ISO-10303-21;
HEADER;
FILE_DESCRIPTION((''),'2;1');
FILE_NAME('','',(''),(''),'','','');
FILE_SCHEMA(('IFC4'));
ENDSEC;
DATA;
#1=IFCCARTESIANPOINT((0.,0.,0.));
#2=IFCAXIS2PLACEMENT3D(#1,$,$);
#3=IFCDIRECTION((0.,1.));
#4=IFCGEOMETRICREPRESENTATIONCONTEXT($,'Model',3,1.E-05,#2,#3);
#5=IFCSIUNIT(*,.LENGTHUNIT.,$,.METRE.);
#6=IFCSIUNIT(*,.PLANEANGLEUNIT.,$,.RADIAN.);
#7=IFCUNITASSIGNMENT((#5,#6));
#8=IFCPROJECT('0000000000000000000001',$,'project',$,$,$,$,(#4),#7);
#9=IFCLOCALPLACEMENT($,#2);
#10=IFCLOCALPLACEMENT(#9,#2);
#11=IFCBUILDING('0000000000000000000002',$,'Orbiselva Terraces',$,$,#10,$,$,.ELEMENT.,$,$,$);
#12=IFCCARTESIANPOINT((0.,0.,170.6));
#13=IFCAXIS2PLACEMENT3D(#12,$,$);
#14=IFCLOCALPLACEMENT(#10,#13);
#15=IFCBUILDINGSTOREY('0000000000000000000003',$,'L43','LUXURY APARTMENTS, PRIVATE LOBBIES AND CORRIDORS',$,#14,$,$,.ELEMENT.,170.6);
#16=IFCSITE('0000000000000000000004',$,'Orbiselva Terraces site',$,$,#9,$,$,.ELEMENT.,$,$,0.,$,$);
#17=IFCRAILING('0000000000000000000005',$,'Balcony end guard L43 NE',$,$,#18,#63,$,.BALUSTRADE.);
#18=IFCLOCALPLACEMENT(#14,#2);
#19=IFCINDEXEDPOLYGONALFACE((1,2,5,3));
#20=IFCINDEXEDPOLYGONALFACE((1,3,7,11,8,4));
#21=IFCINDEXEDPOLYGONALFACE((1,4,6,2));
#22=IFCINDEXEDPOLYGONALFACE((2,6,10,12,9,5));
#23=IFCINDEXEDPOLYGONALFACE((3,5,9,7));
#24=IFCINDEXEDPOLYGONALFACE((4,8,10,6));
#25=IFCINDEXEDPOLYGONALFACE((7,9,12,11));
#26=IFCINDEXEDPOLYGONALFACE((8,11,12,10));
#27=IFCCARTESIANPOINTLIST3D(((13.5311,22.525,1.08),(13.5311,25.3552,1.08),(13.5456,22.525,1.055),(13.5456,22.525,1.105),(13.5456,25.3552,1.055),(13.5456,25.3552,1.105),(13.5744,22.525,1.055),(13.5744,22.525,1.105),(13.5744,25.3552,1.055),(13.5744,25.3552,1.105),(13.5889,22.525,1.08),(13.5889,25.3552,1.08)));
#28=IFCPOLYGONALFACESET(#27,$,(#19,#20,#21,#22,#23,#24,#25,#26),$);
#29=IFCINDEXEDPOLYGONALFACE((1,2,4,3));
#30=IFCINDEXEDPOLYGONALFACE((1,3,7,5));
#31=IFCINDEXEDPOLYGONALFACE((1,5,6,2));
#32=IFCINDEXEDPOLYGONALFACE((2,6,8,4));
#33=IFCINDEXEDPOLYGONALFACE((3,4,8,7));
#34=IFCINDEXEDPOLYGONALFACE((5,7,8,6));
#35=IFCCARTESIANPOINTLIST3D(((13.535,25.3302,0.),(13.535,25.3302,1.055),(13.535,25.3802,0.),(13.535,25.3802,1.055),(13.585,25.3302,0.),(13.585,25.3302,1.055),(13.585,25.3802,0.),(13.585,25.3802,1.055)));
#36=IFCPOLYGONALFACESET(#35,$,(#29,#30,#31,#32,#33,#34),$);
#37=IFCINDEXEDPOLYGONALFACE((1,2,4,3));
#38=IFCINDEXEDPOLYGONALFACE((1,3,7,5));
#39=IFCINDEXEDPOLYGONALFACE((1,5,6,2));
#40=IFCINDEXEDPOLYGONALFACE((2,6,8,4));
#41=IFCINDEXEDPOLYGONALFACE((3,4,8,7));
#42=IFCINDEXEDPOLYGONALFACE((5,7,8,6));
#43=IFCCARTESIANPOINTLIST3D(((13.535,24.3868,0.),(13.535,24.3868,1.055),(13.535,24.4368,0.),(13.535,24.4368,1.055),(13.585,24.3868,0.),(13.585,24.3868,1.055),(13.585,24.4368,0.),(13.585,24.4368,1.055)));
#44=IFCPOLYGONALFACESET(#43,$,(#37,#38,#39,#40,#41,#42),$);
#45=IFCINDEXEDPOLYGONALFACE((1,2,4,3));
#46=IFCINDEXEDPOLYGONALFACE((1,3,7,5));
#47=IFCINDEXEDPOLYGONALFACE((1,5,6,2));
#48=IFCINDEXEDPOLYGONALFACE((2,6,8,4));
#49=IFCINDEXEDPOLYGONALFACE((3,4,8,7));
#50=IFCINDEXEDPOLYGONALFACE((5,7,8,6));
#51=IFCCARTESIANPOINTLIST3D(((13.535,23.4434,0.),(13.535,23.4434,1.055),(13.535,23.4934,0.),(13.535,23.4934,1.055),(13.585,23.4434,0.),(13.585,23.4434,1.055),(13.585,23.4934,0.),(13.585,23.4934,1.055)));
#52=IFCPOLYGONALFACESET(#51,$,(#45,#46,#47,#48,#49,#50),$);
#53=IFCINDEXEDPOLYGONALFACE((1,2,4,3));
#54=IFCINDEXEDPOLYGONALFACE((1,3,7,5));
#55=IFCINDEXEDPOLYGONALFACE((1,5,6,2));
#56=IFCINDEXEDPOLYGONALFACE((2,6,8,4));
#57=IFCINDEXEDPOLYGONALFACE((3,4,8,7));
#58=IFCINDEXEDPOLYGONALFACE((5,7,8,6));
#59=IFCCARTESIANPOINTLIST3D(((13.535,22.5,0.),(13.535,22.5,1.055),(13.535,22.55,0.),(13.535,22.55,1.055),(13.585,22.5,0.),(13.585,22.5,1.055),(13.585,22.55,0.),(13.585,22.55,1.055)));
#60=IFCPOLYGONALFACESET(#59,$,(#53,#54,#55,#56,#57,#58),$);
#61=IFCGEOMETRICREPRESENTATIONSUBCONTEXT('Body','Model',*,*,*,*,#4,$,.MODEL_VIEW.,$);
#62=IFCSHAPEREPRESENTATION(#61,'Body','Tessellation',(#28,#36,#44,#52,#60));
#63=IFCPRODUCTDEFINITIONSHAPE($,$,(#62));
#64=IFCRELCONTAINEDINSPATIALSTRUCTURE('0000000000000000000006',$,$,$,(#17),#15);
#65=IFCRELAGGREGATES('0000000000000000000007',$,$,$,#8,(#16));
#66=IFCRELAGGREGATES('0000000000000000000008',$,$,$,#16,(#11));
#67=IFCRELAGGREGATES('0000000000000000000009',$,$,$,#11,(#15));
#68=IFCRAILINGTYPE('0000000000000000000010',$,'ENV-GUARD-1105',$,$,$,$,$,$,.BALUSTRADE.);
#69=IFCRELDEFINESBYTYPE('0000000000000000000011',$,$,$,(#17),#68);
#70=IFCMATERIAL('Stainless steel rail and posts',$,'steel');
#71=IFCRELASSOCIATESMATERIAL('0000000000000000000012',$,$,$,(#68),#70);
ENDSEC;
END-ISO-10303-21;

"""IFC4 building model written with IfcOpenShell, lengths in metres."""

from ifc_helpers import new_model, si_unit, direction, frame, origin, origin_2d, place, context, subcontext, project, spatial, polyline, rectangle, outline, extrude, material, type_object, element, save


model = new_model("IFC4")

# Units and contexts
model_context = context("Model", 3, precision=1e-05, world=origin(), true_north=direction((0.0, 1.0)))
body_context = subcontext(model_context, "Body", "Model", "MODEL_VIEW")
ifc_project = project(units=[si_unit("LENGTHUNIT", "METRE"), si_unit("PLANEANGLEUNIT", "RADIAN")], contexts=[model_context])

# Site, building, storey
site_placement = place(None, origin())
site = spatial("IfcSite", under=ifc_project, at=site_placement, Name="Orbiselva Terraces site", CompositionType="ELEMENT", RefElevation=0.0)
building_placement = place(site_placement, origin())
building = spatial("IfcBuilding", under=site, at=building_placement, Name="Orbiselva Terraces", CompositionType="ELEMENT")
storey_placement = place(building_placement, frame((0.0, 0.0, 170.6)))
storey = spatial("IfcBuildingStorey", under=building, at=storey_placement, Name="L43", Description="LUXURY APARTMENTS, PRIVATE LOBBIES AND CORRIDORS", CompositionType="ELEMENT", Elevation=170.6)

# Railing
ifc_material_1 = material(Name="Stainless steel rail and posts", Category="steel")
railing_type_1 = type_object("IfcRailingType", Name="ENV-GUARD-1105", PredefinedType="BALUSTRADE", material=ifc_material_1)
railing_1_placement = place(storey_placement, frame((13.56, 25.3552, 0.0)))
element("IfcRailing", 1, at=railing_1_placement, inside=storey, type_object=railing_type_1, Name="Balcony end guard L43 NE", PredefinedType="BALUSTRADE", context=body_context, shape_type="SweptSolid", body=[
    extrude(outline(polyline([(0.0289, 0.0), (0.0144, 0.025), (-0.0144, 0.025), (-0.0289, 0.0), (-0.0144, -0.025), (0.0144, -0.025), (0.0289, 0.0)])), frame((0.0, 0.0, 1.08), z_axis=(0.0, -1.0, 0.0), x_axis=(1.0, 0.0, 0.0)), (0.0, 0.0, 1.0), 2.8302),
    extrude(rectangle(XDim=0.05, YDim=0.05, at=origin_2d()), origin(), (0.0, 0.0, 1.0), 1.055),
    extrude(rectangle(XDim=0.05, YDim=0.05, at=origin_2d()), frame((0.0, -0.9434, 0.0)), (0.0, 0.0, 1.0), 1.055),
    extrude(rectangle(XDim=0.05, YDim=0.05, at=origin_2d()), frame((0.0, -1.8868, 0.0)), (0.0, 0.0, 1.0), 1.055),
    extrude(rectangle(XDim=0.05, YDim=0.05, at=origin_2d()), frame((0.0, -2.8302, 0.0)), (0.0, 0.0, 1.0), 1.055),
])

save(model, "model.ifc")
